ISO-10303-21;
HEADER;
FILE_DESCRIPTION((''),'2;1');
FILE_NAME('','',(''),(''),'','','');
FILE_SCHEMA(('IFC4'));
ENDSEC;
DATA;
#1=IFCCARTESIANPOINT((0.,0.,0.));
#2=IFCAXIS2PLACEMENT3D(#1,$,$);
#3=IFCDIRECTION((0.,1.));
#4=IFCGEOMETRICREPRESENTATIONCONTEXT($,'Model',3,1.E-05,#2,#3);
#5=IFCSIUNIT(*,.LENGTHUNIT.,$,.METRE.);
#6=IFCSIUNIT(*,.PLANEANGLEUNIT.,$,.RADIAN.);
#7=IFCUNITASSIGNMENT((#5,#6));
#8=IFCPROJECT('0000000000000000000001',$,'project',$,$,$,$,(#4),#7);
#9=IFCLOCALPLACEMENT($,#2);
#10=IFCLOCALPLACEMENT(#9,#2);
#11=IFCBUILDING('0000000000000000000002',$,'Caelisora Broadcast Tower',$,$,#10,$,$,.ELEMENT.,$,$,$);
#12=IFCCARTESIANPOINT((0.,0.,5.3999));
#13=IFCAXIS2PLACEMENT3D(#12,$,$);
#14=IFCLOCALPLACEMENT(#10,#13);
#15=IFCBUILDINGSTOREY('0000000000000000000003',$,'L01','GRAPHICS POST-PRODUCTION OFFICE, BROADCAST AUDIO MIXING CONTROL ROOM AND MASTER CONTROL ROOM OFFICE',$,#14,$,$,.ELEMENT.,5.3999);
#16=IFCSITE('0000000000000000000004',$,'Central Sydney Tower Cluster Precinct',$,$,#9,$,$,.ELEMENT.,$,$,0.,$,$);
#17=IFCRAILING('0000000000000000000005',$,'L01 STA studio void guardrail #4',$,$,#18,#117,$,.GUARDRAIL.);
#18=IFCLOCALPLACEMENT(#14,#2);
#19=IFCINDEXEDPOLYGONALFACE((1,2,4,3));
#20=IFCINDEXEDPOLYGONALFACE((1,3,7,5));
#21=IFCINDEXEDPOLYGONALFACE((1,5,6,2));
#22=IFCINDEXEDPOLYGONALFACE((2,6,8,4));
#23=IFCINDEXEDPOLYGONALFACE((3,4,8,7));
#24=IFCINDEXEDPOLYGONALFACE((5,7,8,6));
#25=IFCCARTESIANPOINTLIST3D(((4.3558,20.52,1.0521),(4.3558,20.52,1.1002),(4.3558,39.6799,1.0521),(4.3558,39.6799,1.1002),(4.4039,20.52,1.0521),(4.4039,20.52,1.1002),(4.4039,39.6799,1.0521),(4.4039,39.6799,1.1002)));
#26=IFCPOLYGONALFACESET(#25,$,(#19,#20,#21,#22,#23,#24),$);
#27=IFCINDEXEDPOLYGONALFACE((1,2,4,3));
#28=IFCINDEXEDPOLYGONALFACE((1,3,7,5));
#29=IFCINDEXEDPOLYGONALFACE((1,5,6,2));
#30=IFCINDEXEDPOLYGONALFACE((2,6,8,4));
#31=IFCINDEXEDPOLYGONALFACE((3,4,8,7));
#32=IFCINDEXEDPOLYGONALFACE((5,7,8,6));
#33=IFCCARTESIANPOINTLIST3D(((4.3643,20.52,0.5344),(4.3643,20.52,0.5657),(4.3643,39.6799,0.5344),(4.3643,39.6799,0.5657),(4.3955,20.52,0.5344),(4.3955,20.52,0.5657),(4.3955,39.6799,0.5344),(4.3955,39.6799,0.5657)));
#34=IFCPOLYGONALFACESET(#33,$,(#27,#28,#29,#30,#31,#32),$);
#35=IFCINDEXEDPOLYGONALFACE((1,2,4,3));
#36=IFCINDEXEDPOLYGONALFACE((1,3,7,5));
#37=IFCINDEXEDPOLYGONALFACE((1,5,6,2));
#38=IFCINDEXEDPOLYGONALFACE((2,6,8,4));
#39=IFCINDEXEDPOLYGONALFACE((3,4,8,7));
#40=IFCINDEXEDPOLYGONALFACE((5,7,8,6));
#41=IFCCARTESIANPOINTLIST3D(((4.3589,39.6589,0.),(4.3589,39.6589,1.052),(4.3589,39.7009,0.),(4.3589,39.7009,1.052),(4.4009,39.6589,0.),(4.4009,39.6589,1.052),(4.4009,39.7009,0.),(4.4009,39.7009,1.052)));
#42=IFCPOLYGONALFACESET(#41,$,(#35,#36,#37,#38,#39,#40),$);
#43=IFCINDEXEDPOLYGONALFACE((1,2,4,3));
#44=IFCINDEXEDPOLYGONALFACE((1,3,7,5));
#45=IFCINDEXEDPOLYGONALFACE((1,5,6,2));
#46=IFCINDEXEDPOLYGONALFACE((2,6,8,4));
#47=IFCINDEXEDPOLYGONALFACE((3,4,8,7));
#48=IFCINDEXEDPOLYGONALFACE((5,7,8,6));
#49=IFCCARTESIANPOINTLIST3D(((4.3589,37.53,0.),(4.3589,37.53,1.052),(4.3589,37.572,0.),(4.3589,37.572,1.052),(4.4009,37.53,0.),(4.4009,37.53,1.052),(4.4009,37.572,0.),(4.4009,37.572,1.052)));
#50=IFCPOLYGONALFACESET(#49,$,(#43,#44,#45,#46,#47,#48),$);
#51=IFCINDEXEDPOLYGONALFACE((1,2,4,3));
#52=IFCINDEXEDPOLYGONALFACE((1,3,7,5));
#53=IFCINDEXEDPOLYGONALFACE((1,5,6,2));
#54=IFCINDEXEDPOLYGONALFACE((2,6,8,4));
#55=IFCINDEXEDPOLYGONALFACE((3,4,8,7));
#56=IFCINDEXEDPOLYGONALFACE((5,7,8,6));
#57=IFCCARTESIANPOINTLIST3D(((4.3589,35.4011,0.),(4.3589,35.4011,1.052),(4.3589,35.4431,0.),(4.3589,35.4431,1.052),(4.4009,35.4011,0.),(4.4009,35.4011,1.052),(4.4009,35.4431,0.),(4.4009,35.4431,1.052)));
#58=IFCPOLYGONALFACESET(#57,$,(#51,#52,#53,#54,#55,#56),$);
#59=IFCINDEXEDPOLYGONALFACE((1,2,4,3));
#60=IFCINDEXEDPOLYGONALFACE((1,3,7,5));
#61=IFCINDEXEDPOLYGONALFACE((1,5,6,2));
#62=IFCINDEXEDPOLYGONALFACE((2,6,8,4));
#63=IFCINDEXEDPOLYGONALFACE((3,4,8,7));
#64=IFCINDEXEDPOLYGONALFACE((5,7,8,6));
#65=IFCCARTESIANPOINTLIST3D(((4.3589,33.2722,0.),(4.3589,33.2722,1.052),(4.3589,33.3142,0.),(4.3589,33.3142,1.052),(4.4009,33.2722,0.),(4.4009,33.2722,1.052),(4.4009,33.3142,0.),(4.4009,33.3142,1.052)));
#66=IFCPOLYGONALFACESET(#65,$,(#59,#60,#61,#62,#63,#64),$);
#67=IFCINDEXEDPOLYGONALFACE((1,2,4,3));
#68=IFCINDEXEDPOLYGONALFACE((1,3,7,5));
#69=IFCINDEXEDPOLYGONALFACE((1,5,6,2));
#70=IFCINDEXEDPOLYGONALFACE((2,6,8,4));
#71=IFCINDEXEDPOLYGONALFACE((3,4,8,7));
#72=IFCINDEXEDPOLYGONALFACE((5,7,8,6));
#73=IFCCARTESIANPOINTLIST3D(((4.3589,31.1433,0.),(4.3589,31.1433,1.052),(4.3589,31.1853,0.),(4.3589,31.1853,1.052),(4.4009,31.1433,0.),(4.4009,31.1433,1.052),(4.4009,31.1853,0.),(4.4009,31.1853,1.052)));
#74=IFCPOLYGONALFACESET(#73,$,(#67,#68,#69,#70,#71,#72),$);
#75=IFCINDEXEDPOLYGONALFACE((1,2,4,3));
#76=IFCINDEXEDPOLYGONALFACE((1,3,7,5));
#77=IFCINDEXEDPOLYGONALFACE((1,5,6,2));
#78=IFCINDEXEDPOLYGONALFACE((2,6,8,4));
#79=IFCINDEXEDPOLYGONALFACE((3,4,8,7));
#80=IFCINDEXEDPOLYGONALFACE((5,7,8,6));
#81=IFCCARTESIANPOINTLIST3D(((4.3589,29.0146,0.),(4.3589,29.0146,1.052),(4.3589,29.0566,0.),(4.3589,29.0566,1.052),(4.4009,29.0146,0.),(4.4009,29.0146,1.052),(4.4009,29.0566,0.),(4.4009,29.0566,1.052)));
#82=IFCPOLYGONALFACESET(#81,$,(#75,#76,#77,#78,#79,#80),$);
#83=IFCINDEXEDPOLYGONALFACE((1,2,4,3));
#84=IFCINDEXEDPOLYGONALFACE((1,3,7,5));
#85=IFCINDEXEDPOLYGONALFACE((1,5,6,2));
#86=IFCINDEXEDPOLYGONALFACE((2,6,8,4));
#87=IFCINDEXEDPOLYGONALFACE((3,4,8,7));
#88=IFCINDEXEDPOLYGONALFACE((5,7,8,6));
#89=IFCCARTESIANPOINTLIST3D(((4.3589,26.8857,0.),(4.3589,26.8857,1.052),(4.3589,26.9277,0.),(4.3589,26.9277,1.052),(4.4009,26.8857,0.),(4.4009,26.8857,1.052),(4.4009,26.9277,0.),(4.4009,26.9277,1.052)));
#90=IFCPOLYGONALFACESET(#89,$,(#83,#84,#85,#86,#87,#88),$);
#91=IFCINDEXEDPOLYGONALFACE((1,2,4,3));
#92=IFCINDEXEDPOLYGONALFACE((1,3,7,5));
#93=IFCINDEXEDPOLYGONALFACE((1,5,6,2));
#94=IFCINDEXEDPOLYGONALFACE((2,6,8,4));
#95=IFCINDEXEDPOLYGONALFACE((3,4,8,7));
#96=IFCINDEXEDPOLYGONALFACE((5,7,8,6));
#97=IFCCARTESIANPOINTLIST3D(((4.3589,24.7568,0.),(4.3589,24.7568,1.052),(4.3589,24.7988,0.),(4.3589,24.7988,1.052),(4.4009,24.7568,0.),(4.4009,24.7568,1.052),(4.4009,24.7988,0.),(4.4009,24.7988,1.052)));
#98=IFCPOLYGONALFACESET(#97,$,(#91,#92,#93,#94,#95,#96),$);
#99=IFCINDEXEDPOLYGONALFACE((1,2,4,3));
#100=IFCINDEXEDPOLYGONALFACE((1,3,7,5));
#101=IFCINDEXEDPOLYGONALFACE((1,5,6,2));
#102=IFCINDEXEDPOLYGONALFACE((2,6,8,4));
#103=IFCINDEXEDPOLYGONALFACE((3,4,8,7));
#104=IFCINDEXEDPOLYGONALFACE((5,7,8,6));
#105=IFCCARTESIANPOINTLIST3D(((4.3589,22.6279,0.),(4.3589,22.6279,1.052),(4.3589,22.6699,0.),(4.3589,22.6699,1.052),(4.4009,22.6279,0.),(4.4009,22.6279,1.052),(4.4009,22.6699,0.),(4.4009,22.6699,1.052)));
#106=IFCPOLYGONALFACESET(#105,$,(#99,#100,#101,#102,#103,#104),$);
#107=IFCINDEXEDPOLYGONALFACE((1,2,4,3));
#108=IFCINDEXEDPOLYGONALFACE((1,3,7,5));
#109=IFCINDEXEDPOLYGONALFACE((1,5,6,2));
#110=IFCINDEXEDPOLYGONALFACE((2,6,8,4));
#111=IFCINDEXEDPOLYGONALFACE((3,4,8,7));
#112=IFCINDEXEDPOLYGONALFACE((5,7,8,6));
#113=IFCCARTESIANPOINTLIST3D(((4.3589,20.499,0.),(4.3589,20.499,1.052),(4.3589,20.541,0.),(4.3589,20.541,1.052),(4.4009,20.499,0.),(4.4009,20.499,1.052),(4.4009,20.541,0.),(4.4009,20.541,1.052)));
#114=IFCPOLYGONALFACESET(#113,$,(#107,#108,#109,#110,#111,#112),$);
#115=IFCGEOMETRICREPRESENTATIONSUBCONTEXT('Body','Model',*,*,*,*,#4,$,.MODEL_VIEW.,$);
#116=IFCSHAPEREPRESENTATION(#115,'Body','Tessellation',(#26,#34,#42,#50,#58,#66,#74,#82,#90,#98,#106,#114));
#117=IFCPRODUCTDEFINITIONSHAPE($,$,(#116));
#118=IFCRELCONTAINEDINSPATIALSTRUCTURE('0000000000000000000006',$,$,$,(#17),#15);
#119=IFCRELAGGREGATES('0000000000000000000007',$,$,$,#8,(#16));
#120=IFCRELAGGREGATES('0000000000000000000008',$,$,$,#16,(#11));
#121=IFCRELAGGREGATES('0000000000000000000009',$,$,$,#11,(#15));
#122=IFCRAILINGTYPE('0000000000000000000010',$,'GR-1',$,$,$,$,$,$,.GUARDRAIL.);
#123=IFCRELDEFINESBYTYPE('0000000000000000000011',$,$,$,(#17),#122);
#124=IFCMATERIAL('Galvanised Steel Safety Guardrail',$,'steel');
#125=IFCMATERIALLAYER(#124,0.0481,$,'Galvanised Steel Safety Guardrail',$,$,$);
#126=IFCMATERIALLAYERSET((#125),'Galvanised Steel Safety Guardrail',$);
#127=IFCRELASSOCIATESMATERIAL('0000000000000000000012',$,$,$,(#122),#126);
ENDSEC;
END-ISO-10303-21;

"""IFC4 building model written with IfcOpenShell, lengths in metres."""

from ifc_helpers import new_model, si_unit, direction, frame, origin, origin_2d, place, context, subcontext, project, spatial, rectangle, extrude, material, layer, layer_set, type_object, element, save


model = new_model("IFC4")

# Units and contexts
model_context = context("Model", 3, precision=1e-05, world=origin(), true_north=direction((0.0, 1.0)))
body_context = subcontext(model_context, "Body", "Model", "MODEL_VIEW")
ifc_project = project(units=[si_unit("LENGTHUNIT", "METRE"), si_unit("PLANEANGLEUNIT", "RADIAN")], contexts=[model_context])

# Site, building, storey
site_placement = place(None, origin())
site = spatial("IfcSite", under=ifc_project, at=site_placement, Name="Central Sydney Tower Cluster Precinct", CompositionType="ELEMENT", RefElevation=0.0)
building_placement = place(site_placement, origin())
building = spatial("IfcBuilding", under=site, at=building_placement, Name="Caelisora Broadcast Tower", CompositionType="ELEMENT")
storey_placement = place(building_placement, frame((0.0, 0.0, 5.3999)))
storey = spatial("IfcBuildingStorey", under=building, at=storey_placement, Name="L01", Description="GRAPHICS POST-PRODUCTION OFFICE, BROADCAST AUDIO MIXING CONTROL ROOM AND MASTER CONTROL ROOM OFFICE", CompositionType="ELEMENT", Elevation=5.3999)

# Railing
ifc_material_1 = material(Name="Galvanised Steel Safety Guardrail", Category="steel")
ifc_layer_1 = layer(ifc_material_1, 0.0481, Name="Galvanised Steel Safety Guardrail")
ifc_layer_set_1 = layer_set([ifc_layer_1], Name="Galvanised Steel Safety Guardrail")
railing_type = type_object("IfcRailingType", Name="GR-1", PredefinedType="GUARDRAIL", material=ifc_layer_set_1)
railing_1_placement = place(storey_placement, frame((4.3799, 39.6799, 0.0)))
element("IfcRailing", 1, at=railing_1_placement, inside=storey, type_object=railing_type, Name="L01 STA studio void guardrail #4", PredefinedType="GUARDRAIL", context=body_context, shape_type="SweptSolid", body=[
    extrude(rectangle(XDim=0.0481, YDim=0.0481, at=origin_2d()), frame((0.0, 0.0, 1.0762), z_axis=(0.0, -1.0, 0.0), x_axis=(1.0, 0.0, 0.0)), (0.0, 0.0, 1.0), 19.1599),
    extrude(rectangle(XDim=0.0312, YDim=0.0312, at=origin_2d()), frame((0.0, 0.0, 0.55), z_axis=(0.0, -1.0, 0.0), x_axis=(1.0, 0.0, 0.0)), (0.0, 0.0, 1.0), 19.1599),
    extrude(rectangle(XDim=0.042, YDim=0.042, at=origin_2d()), origin(), (0.0, 0.0, 1.0), 1.052),
    extrude(rectangle(XDim=0.042, YDim=0.042, at=origin_2d()), frame((0.0, -2.1289, 0.0)), (0.0, 0.0, 1.0), 1.052),
    extrude(rectangle(XDim=0.042, YDim=0.042, at=origin_2d()), frame((0.0, -4.2578, 0.0)), (0.0, 0.0, 1.0), 1.052),
    extrude(rectangle(XDim=0.042, YDim=0.042, at=origin_2d()), frame((0.0, -6.3867, 0.0)), (0.0, 0.0, 1.0), 1.052),
    extrude(rectangle(XDim=0.042, YDim=0.042, at=origin_2d()), frame((0.0, -8.5156, 0.0)), (0.0, 0.0, 1.0), 1.052),
    extrude(rectangle(XDim=0.042, YDim=0.042, at=origin_2d()), frame((0.0, -10.6443, 0.0)), (0.0, 0.0, 1.0), 1.052),
    extrude(rectangle(XDim=0.042, YDim=0.042, at=origin_2d()), frame((0.0, -12.7732, 0.0)), (0.0, 0.0, 1.0), 1.052),
    extrude(rectangle(XDim=0.042, YDim=0.042, at=origin_2d()), frame((0.0, -14.9021, 0.0)), (0.0, 0.0, 1.0), 1.052),
    extrude(rectangle(XDim=0.042, YDim=0.042, at=origin_2d()), frame((0.0, -17.031, 0.0)), (0.0, 0.0, 1.0), 1.052),
    extrude(rectangle(XDim=0.042, YDim=0.042, at=origin_2d()), frame((0.0, -19.1599, 0.0)), (0.0, 0.0, 1.0), 1.052),
])

save(model, "model.ifc")
